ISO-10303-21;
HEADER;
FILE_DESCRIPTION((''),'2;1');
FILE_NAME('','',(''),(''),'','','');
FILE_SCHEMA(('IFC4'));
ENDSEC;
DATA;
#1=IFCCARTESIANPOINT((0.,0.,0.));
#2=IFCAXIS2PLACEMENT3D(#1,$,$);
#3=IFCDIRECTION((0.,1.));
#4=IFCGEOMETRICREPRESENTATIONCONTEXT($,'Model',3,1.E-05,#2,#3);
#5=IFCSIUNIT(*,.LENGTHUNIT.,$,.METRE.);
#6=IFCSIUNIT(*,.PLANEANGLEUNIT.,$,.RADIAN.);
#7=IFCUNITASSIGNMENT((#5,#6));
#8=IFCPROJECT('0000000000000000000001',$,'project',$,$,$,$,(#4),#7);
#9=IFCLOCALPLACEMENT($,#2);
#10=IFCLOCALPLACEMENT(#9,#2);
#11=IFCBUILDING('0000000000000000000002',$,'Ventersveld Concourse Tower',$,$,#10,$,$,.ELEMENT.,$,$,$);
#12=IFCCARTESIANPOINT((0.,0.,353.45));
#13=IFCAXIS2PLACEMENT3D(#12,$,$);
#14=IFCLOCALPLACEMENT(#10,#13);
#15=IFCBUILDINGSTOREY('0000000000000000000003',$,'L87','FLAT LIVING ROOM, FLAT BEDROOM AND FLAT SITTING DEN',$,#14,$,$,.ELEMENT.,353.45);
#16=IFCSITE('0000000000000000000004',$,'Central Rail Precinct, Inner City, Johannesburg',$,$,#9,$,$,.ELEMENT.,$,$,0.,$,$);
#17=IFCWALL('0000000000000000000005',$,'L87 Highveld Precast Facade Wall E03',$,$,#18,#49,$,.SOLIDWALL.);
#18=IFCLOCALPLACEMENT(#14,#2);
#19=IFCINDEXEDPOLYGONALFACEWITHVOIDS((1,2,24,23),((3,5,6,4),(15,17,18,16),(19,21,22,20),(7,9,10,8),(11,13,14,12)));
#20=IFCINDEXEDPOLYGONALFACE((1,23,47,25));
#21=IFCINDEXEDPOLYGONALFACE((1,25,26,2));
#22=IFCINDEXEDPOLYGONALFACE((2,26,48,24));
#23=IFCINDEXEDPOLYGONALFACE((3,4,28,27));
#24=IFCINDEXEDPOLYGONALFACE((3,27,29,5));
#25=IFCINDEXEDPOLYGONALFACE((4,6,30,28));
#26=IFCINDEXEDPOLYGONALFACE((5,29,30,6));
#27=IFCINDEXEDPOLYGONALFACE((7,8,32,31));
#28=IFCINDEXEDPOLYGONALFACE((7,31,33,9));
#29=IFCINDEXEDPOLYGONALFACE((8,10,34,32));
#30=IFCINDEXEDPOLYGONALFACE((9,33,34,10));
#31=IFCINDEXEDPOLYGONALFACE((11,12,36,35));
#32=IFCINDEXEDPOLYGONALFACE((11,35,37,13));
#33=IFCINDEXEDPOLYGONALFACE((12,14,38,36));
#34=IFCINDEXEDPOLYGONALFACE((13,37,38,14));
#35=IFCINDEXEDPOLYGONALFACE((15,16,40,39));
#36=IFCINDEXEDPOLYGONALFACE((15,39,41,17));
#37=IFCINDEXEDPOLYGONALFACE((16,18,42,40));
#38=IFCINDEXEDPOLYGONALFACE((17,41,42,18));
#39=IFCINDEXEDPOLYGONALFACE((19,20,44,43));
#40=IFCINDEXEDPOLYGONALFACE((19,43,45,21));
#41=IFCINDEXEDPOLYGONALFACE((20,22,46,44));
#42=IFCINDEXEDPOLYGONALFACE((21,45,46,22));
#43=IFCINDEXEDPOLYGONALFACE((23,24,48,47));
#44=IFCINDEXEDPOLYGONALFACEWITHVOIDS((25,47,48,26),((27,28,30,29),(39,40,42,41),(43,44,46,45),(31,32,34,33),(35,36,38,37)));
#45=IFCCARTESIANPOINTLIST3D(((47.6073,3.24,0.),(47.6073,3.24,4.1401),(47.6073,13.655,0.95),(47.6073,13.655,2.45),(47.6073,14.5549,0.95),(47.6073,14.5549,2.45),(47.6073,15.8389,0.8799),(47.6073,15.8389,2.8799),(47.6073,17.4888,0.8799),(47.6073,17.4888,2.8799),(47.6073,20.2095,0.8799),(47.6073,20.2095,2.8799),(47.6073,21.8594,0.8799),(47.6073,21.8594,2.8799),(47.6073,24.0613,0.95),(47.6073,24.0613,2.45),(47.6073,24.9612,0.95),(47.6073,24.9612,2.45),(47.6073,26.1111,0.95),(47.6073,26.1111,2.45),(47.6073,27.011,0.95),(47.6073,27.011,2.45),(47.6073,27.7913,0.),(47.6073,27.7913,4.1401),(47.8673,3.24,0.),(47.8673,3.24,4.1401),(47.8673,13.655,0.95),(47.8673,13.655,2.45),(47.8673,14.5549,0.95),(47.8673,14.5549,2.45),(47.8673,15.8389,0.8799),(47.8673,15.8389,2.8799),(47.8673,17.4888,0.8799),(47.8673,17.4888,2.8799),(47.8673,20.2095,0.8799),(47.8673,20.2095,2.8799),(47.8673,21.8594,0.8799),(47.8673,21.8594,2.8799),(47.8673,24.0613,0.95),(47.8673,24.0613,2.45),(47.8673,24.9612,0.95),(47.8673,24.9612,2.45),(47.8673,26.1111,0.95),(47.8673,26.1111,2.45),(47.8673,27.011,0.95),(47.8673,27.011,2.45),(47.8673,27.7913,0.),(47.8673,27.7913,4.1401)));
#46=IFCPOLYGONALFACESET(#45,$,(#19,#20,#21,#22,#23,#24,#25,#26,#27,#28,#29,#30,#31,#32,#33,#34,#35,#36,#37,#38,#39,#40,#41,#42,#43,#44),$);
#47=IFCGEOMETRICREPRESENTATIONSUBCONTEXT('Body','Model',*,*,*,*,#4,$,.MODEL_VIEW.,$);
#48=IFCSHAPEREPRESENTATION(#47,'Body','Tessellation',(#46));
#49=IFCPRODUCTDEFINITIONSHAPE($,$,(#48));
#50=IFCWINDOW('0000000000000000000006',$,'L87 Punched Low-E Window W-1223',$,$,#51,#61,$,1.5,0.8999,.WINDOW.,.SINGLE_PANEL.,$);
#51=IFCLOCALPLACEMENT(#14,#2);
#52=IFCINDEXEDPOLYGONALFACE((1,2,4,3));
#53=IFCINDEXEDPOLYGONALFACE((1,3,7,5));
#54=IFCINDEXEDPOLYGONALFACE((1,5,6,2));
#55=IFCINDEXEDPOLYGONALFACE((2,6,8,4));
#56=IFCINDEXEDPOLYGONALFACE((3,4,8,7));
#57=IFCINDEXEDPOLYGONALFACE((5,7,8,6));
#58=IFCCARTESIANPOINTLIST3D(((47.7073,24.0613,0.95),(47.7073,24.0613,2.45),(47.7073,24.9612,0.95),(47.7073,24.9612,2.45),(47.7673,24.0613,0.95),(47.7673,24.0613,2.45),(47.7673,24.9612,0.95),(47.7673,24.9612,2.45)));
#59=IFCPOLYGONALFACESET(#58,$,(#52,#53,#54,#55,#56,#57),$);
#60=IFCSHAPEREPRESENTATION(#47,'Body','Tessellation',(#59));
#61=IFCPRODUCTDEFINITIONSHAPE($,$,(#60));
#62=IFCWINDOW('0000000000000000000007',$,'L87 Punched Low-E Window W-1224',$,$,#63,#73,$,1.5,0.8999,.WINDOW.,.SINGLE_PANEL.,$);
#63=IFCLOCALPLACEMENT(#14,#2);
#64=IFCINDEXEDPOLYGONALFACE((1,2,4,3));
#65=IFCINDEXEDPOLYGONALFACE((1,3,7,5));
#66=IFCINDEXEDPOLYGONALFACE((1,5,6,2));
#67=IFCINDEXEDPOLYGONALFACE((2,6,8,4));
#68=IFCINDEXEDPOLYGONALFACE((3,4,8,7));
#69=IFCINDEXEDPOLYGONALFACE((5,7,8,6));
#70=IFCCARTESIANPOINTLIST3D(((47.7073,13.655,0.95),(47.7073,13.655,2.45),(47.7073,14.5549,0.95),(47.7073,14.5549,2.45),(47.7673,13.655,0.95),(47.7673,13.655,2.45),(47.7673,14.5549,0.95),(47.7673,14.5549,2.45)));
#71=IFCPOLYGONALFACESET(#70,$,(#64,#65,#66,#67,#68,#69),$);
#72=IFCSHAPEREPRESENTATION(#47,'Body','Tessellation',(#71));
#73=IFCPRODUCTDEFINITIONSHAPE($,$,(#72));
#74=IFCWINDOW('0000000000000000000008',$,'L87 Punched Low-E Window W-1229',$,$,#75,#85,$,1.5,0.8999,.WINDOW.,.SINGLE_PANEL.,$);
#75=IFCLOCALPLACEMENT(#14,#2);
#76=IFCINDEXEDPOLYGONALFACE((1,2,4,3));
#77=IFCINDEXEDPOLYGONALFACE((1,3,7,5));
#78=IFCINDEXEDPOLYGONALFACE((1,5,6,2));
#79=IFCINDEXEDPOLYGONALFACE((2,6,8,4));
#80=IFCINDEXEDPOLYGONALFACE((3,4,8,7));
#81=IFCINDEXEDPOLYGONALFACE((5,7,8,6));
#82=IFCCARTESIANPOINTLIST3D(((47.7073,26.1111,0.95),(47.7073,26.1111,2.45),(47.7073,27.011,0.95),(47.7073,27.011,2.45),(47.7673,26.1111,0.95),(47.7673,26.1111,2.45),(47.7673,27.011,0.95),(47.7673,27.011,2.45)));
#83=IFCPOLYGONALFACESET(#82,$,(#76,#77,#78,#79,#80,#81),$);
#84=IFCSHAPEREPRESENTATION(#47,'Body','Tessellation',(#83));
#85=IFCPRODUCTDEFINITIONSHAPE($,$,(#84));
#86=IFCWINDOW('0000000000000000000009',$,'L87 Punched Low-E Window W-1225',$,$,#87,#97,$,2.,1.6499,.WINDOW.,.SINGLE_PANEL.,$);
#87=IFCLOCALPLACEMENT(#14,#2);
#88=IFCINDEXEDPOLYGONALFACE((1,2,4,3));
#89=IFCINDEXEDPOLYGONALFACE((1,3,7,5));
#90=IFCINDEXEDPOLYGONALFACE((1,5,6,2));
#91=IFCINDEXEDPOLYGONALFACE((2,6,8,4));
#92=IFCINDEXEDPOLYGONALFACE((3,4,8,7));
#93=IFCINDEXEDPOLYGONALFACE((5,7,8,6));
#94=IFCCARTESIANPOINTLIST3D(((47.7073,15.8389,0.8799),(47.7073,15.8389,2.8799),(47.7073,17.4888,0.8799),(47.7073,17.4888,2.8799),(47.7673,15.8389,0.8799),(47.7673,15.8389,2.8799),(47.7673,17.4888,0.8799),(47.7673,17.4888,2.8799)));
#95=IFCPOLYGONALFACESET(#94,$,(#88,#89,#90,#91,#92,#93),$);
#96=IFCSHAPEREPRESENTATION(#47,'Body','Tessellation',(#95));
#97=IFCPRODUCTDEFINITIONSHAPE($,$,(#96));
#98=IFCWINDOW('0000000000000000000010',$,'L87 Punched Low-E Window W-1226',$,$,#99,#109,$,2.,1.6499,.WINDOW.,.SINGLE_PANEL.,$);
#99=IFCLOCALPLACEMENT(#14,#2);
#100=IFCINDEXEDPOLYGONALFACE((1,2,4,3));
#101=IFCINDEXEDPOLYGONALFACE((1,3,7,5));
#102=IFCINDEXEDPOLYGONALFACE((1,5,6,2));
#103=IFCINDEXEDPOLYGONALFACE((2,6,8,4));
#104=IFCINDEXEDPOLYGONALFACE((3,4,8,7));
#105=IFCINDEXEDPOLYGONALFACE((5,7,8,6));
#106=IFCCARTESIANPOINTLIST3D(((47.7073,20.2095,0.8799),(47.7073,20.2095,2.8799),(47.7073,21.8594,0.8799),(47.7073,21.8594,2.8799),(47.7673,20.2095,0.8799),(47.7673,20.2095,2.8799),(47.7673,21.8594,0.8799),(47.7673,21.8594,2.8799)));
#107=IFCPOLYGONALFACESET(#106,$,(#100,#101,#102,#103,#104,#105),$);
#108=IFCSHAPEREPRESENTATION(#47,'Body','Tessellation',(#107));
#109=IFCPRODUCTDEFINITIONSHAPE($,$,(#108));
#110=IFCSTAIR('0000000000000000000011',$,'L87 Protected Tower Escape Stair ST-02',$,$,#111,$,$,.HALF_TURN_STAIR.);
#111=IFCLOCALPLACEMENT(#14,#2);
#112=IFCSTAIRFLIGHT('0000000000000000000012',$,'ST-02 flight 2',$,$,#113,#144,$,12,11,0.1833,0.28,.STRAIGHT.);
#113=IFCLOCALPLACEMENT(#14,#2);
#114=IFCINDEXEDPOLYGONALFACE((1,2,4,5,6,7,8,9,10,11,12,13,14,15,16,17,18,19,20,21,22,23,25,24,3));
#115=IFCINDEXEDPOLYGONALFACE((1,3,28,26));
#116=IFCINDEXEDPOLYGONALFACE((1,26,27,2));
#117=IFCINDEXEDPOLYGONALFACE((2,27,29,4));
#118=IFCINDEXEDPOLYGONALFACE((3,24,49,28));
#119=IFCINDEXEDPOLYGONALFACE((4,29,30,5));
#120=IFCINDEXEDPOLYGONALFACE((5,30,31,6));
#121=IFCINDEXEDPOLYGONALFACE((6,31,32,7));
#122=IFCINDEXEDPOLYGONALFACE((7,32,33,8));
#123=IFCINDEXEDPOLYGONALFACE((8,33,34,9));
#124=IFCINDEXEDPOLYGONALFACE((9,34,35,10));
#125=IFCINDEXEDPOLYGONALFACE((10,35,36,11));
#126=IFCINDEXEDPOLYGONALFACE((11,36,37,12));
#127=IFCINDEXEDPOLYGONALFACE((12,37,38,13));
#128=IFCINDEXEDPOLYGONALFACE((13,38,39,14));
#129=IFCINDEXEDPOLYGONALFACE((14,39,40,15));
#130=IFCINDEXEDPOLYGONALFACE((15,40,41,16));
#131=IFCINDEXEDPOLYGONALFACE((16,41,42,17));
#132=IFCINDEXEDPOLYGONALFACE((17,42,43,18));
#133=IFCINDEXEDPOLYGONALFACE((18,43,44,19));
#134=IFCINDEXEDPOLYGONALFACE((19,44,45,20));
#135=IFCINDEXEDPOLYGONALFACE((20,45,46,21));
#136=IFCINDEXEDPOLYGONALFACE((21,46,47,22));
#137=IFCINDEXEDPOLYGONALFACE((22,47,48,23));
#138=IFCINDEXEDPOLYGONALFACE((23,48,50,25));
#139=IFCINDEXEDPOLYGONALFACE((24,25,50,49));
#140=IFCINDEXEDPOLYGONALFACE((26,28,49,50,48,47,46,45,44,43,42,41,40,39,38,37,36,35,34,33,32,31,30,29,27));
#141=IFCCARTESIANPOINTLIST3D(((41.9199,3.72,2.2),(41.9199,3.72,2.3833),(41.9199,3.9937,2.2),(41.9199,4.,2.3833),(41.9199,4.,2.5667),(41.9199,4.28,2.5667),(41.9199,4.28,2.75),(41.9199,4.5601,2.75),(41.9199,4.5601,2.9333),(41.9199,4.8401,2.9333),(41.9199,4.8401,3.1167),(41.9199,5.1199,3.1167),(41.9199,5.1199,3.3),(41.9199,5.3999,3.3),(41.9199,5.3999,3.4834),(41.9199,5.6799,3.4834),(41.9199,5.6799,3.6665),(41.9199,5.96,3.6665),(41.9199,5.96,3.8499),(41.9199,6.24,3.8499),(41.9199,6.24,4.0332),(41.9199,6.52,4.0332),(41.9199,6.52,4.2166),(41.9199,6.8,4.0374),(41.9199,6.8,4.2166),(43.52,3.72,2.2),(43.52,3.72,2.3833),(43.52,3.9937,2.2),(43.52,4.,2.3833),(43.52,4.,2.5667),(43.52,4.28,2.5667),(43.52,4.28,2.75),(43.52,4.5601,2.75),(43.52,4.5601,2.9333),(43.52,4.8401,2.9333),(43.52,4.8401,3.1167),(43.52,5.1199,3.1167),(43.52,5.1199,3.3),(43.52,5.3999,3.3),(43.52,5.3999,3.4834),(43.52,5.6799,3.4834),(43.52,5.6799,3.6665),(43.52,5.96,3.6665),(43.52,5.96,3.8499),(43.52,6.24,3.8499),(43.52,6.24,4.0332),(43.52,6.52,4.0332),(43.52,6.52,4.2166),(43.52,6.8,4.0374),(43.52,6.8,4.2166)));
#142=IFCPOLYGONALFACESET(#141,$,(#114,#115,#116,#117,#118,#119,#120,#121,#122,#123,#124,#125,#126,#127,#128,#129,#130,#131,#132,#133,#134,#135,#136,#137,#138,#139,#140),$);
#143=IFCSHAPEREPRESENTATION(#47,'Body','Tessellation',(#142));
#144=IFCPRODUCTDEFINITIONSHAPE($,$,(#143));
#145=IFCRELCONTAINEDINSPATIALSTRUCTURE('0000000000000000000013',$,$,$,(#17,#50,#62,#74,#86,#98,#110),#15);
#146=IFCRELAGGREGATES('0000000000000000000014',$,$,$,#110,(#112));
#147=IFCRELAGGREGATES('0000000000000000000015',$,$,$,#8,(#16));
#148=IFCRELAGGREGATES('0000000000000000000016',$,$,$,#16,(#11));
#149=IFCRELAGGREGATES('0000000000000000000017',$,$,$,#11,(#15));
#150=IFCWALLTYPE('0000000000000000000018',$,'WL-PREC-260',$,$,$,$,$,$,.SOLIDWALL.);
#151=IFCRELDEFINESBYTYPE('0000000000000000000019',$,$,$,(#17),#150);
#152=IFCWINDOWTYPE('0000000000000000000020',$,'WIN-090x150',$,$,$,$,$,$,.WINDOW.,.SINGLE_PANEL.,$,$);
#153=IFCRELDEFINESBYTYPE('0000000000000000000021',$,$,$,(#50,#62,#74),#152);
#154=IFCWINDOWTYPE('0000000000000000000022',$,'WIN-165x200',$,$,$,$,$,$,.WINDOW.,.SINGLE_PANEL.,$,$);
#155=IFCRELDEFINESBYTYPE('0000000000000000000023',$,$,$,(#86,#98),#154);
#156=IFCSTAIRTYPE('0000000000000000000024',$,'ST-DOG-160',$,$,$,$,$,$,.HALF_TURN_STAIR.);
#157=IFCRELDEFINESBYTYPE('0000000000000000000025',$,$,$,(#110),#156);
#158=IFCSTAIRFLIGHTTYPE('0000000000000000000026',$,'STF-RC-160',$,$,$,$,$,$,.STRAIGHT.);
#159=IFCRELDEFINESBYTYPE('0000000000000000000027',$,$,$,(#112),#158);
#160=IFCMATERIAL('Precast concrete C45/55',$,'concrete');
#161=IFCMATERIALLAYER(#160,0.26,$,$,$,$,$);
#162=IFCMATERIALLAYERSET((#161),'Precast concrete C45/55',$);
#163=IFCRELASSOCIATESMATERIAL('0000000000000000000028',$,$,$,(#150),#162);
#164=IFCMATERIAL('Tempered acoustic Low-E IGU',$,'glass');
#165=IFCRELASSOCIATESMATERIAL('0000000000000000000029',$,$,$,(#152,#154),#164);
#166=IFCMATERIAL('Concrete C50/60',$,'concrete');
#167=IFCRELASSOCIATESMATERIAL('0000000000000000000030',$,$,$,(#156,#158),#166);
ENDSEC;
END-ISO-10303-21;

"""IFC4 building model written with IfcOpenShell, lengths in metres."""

from ifc_helpers import new_model, si_unit, direction, frame, frame_2d, origin, place, context, subcontext, project, spatial, polyline, rectangle, outline, extrude, material, layer, layer_set, type_object, element, fill, aggregate, save


model = new_model("IFC4")

# Units and contexts
model_context = context("Model", 3, precision=1e-05, world=origin(), true_north=direction((0.0, 1.0)))
body_context = subcontext(model_context, "Body", "Model", "MODEL_VIEW")
ifc_project = project(units=[si_unit("LENGTHUNIT", "METRE"), si_unit("PLANEANGLEUNIT", "RADIAN")], contexts=[model_context])

# Site, building, storey
site_placement = place(None, origin())
site = spatial("IfcSite", under=ifc_project, at=site_placement, Name="Central Rail Precinct, Inner City, Johannesburg", CompositionType="ELEMENT", RefElevation=0.0)
building_placement = place(site_placement, origin())
building = spatial("IfcBuilding", under=site, at=building_placement, Name="Ventersveld Concourse Tower", CompositionType="ELEMENT")
storey_placement = place(building_placement, frame((0.0, 0.0, 353.45)))
storey = spatial("IfcBuildingStorey", under=building, at=storey_placement, Name="L87", Description="FLAT LIVING ROOM, FLAT BEDROOM AND FLAT SITTING DEN", CompositionType="ELEMENT", Elevation=353.45)

# Shared definitions
ifc_material_1 = material(Name="Concrete C50/60", Category="concrete")

# Shared definitions
ifc_material_2 = material(Name="Precast concrete C45/55", Category="concrete")
ifc_layer_1 = layer(ifc_material_2, 0.26)
ifc_layer_set_1 = layer_set([ifc_layer_1], Name="Precast concrete C45/55")
wall_type_1 = type_object("IfcWallType", Name="WL-PREC-260", PredefinedType="SOLIDWALL", material=ifc_layer_set_1)
ifc_material_3 = material(Name="Tempered acoustic Low-E IGU", Category="glass")
window_type_1 = type_object("IfcWindowType", Name="WIN-090x150", PartitioningType="SINGLE_PANEL", PredefinedType="WINDOW", material=ifc_material_3)

# Wall, openings, windows
wall_1_placement = place(storey_placement, frame((47.7373, 3.24, 0.0), z_axis=(0.0, 0.0, 1.0), x_axis=(0.0, 1.0, 0.0)))
wall_1 = element("IfcWall", 1, at=wall_1_placement, inside=storey, type_object=wall_type_1, Name="L87 Highveld Precast Facade Wall E03", PredefinedType="SOLIDWALL", context=body_context, shape_type="SweptSolid", body=[
    extrude(rectangle(XDim=24.5513, YDim=0.26, at=frame_2d((12.2756, 0.0))), origin(), (0.0, 0.0, 1.0), 4.1401),
])
opening_1_placement = place(wall_1_placement, frame((20.8213, 0.0, 0.95)))
opening_1 = element("IfcOpeningElement", 2, at=opening_1_placement, cuts=wall_1, PredefinedType="OPENING", context=body_context, shape_type="SweptSolid", body=[
    extrude(rectangle(XDim=0.8999, YDim=1.5, at=frame_2d((0.45, 0.75))), frame((0.0, 0.1401, 0.0), z_axis=(0.0, -1.0, 0.0), x_axis=(1.0, 0.0, 0.0)), (0.0, 0.0, 1.0), 0.28),
])
opening_2_placement = place(wall_1_placement, frame((10.415, 0.0, 0.95)))
opening_2 = element("IfcOpeningElement", 3, at=opening_2_placement, cuts=wall_1, PredefinedType="OPENING", context=body_context, shape_type="SweptSolid", body=[
    extrude(rectangle(XDim=0.8999, YDim=1.5, at=frame_2d((0.45, 0.75))), frame((0.0, 0.1401, 0.0), z_axis=(0.0, -1.0, 0.0), x_axis=(1.0, 0.0, 0.0)), (0.0, 0.0, 1.0), 0.28),
])
opening_3_placement = place(wall_1_placement, frame((12.5989, 0.0, 0.8799)))
opening_3 = element("IfcOpeningElement", 4, at=opening_3_placement, cuts=wall_1, PredefinedType="OPENING", context=body_context, shape_type="SweptSolid", body=[
    extrude(rectangle(XDim=1.6499, YDim=2.0, at=frame_2d((0.825, 1.0))), frame((0.0, 0.1401, 0.0), z_axis=(0.0, -1.0, 0.0), x_axis=(1.0, 0.0, 0.0)), (0.0, 0.0, 1.0), 0.28),
])
opening_4_placement = place(wall_1_placement, frame((16.9695, 0.0, 0.8799)))
opening_4 = element("IfcOpeningElement", 5, at=opening_4_placement, cuts=wall_1, PredefinedType="OPENING", context=body_context, shape_type="SweptSolid", body=[
    extrude(rectangle(XDim=1.6499, YDim=2.0, at=frame_2d((0.825, 1.0))), frame((0.0, 0.1401, 0.0), z_axis=(0.0, -1.0, 0.0), x_axis=(1.0, 0.0, 0.0)), (0.0, 0.0, 1.0), 0.28),
])
opening_5_placement = place(wall_1_placement, frame((22.8711, 0.0, 0.95)))
opening_5 = element("IfcOpeningElement", 6, at=opening_5_placement, cuts=wall_1, PredefinedType="OPENING", context=body_context, shape_type="SweptSolid", body=[
    extrude(rectangle(XDim=0.8999, YDim=1.5, at=frame_2d((0.45, 0.75))), frame((0.0, 0.1401, 0.0), z_axis=(0.0, -1.0, 0.0), x_axis=(1.0, 0.0, 0.0)), (0.0, 0.0, 1.0), 0.28),
])
window_1_placement = place(opening_1_placement, origin())
window_1 = element("IfcWindow", 7, at=window_1_placement, inside=storey, type_object=window_type_1, Name="L87 Punched Low-E Window W-1223", OverallHeight=1.5, OverallWidth=0.8999, PartitioningType="SINGLE_PANEL", PredefinedType="WINDOW", context=body_context, shape_type="SweptSolid", body=[
    extrude(rectangle(XDim=0.8999, YDim=1.5, at=frame_2d((0.45, 0.75))), frame((0.0, 0.03, 0.0), z_axis=(0.0, -1.0, 0.0), x_axis=(1.0, 0.0, 0.0)), (0.0, 0.0, 1.0), 0.0601),
])
fill(opening_1, window_1)
window_2_placement = place(opening_2_placement, origin())
window_2 = element("IfcWindow", 8, at=window_2_placement, inside=storey, type_object=window_type_1, Name="L87 Punched Low-E Window W-1224", OverallHeight=1.5, OverallWidth=0.8999, PartitioningType="SINGLE_PANEL", PredefinedType="WINDOW", context=body_context, shape_type="SweptSolid", body=[
    extrude(rectangle(XDim=0.8999, YDim=1.5, at=frame_2d((0.45, 0.75))), frame((0.0, 0.03, 0.0), z_axis=(0.0, -1.0, 0.0), x_axis=(1.0, 0.0, 0.0)), (0.0, 0.0, 1.0), 0.0601),
])
fill(opening_2, window_2)
window_3_placement = place(opening_5_placement, origin())
window_3 = element("IfcWindow", 9, at=window_3_placement, inside=storey, type_object=window_type_1, Name="L87 Punched Low-E Window W-1229", OverallHeight=1.5, OverallWidth=0.8999, PartitioningType="SINGLE_PANEL", PredefinedType="WINDOW", context=body_context, shape_type="SweptSolid", body=[
    extrude(rectangle(XDim=0.8999, YDim=1.5, at=frame_2d((0.45, 0.75))), frame((0.0, 0.03, 0.0), z_axis=(0.0, -1.0, 0.0), x_axis=(1.0, 0.0, 0.0)), (0.0, 0.0, 1.0), 0.0601),
])
fill(opening_5, window_3)
window_type_2 = type_object("IfcWindowType", Name="WIN-165x200", PartitioningType="SINGLE_PANEL", PredefinedType="WINDOW", material=ifc_material_3)
window_4_placement = place(opening_3_placement, origin())
window_4 = element("IfcWindow", 10, at=window_4_placement, inside=storey, type_object=window_type_2, Name="L87 Punched Low-E Window W-1225", OverallHeight=2.0, OverallWidth=1.6499, PartitioningType="SINGLE_PANEL", PredefinedType="WINDOW", context=body_context, shape_type="SweptSolid", body=[
    extrude(rectangle(XDim=1.6499, YDim=2.0, at=frame_2d((0.825, 1.0))), frame((0.0, 0.03, 0.0), z_axis=(0.0, -1.0, 0.0), x_axis=(1.0, 0.0, 0.0)), (0.0, 0.0, 1.0), 0.0601),
])
fill(opening_3, window_4)
window_5_placement = place(opening_4_placement, origin())
window_5 = element("IfcWindow", 11, at=window_5_placement, inside=storey, type_object=window_type_2, Name="L87 Punched Low-E Window W-1226", OverallHeight=2.0, OverallWidth=1.6499, PartitioningType="SINGLE_PANEL", PredefinedType="WINDOW", context=body_context, shape_type="SweptSolid", body=[
    extrude(rectangle(XDim=1.6499, YDim=2.0, at=frame_2d((0.825, 1.0))), frame((0.0, 0.03, 0.0), z_axis=(0.0, -1.0, 0.0), x_axis=(1.0, 0.0, 0.0)), (0.0, 0.0, 1.0), 0.0601),
])
fill(opening_4, window_5)

# Stair, stair flight
stair_type = type_object("IfcStairType", Name="ST-DOG-160", PredefinedType="HALF_TURN_STAIR", material=ifc_material_1)
stair_placement = place(storey_placement, origin())
stair = element("IfcStair", 12, at=stair_placement, inside=storey, type_object=stair_type, Name="L87 Protected Tower Escape Stair ST-02", PredefinedType="HALF_TURN_STAIR")
stair_flight_type = type_object("IfcStairFlightType", Name="STF-RC-160", PredefinedType="STRAIGHT", material=ifc_material_1)
stair_flight_placement = place(storey_placement, frame((42.72, 3.72, 2.2), z_axis=(0.0, 0.0, 1.0), x_axis=(0.0, 1.0, 0.0)))
stair_flight = element("IfcStairFlight", 13, at=stair_flight_placement, type_object=stair_flight_type, Name="ST-02 flight 2", NumberOfRisers=12, NumberOfTreads=11, PredefinedType="STRAIGHT", RiserHeight=0.1833, TreadLength=0.28, context=body_context, shape_type="SweptSolid", body=[
    extrude(outline(polyline([(0.0, 0.0), (0.0, 0.1833), (0.28, 0.1833), (0.28, 0.3667), (0.5601, 0.3667), (0.5601, 0.55), (0.8401, 0.55), (0.8401, 0.7334), (1.1201, 0.7334), (1.1201, 0.9167), (1.3999, 0.9167), (1.3999, 1.1001), (1.6799, 1.1001), (1.6799, 1.2834), (1.96, 1.2834), (1.96, 1.4666), (2.24, 1.4666), (2.24, 1.6499), (2.52, 1.6499), (2.52, 1.8333), (2.8, 1.8333), (2.8, 2.0166), (3.0801, 2.0166), (3.0801, 2.2), (3.0801, 1.8374), (0.2737, 0.0), (0.0, 0.0)])), frame((0.0, 0.8, 0.0), z_axis=(0.0, -1.0, 0.0), x_axis=(1.0, 0.0, 0.0)), (0.0, 0.0, 1.0), 1.6001),
])
aggregate(stair, [stair_flight])

save(model, "model.ifc")
